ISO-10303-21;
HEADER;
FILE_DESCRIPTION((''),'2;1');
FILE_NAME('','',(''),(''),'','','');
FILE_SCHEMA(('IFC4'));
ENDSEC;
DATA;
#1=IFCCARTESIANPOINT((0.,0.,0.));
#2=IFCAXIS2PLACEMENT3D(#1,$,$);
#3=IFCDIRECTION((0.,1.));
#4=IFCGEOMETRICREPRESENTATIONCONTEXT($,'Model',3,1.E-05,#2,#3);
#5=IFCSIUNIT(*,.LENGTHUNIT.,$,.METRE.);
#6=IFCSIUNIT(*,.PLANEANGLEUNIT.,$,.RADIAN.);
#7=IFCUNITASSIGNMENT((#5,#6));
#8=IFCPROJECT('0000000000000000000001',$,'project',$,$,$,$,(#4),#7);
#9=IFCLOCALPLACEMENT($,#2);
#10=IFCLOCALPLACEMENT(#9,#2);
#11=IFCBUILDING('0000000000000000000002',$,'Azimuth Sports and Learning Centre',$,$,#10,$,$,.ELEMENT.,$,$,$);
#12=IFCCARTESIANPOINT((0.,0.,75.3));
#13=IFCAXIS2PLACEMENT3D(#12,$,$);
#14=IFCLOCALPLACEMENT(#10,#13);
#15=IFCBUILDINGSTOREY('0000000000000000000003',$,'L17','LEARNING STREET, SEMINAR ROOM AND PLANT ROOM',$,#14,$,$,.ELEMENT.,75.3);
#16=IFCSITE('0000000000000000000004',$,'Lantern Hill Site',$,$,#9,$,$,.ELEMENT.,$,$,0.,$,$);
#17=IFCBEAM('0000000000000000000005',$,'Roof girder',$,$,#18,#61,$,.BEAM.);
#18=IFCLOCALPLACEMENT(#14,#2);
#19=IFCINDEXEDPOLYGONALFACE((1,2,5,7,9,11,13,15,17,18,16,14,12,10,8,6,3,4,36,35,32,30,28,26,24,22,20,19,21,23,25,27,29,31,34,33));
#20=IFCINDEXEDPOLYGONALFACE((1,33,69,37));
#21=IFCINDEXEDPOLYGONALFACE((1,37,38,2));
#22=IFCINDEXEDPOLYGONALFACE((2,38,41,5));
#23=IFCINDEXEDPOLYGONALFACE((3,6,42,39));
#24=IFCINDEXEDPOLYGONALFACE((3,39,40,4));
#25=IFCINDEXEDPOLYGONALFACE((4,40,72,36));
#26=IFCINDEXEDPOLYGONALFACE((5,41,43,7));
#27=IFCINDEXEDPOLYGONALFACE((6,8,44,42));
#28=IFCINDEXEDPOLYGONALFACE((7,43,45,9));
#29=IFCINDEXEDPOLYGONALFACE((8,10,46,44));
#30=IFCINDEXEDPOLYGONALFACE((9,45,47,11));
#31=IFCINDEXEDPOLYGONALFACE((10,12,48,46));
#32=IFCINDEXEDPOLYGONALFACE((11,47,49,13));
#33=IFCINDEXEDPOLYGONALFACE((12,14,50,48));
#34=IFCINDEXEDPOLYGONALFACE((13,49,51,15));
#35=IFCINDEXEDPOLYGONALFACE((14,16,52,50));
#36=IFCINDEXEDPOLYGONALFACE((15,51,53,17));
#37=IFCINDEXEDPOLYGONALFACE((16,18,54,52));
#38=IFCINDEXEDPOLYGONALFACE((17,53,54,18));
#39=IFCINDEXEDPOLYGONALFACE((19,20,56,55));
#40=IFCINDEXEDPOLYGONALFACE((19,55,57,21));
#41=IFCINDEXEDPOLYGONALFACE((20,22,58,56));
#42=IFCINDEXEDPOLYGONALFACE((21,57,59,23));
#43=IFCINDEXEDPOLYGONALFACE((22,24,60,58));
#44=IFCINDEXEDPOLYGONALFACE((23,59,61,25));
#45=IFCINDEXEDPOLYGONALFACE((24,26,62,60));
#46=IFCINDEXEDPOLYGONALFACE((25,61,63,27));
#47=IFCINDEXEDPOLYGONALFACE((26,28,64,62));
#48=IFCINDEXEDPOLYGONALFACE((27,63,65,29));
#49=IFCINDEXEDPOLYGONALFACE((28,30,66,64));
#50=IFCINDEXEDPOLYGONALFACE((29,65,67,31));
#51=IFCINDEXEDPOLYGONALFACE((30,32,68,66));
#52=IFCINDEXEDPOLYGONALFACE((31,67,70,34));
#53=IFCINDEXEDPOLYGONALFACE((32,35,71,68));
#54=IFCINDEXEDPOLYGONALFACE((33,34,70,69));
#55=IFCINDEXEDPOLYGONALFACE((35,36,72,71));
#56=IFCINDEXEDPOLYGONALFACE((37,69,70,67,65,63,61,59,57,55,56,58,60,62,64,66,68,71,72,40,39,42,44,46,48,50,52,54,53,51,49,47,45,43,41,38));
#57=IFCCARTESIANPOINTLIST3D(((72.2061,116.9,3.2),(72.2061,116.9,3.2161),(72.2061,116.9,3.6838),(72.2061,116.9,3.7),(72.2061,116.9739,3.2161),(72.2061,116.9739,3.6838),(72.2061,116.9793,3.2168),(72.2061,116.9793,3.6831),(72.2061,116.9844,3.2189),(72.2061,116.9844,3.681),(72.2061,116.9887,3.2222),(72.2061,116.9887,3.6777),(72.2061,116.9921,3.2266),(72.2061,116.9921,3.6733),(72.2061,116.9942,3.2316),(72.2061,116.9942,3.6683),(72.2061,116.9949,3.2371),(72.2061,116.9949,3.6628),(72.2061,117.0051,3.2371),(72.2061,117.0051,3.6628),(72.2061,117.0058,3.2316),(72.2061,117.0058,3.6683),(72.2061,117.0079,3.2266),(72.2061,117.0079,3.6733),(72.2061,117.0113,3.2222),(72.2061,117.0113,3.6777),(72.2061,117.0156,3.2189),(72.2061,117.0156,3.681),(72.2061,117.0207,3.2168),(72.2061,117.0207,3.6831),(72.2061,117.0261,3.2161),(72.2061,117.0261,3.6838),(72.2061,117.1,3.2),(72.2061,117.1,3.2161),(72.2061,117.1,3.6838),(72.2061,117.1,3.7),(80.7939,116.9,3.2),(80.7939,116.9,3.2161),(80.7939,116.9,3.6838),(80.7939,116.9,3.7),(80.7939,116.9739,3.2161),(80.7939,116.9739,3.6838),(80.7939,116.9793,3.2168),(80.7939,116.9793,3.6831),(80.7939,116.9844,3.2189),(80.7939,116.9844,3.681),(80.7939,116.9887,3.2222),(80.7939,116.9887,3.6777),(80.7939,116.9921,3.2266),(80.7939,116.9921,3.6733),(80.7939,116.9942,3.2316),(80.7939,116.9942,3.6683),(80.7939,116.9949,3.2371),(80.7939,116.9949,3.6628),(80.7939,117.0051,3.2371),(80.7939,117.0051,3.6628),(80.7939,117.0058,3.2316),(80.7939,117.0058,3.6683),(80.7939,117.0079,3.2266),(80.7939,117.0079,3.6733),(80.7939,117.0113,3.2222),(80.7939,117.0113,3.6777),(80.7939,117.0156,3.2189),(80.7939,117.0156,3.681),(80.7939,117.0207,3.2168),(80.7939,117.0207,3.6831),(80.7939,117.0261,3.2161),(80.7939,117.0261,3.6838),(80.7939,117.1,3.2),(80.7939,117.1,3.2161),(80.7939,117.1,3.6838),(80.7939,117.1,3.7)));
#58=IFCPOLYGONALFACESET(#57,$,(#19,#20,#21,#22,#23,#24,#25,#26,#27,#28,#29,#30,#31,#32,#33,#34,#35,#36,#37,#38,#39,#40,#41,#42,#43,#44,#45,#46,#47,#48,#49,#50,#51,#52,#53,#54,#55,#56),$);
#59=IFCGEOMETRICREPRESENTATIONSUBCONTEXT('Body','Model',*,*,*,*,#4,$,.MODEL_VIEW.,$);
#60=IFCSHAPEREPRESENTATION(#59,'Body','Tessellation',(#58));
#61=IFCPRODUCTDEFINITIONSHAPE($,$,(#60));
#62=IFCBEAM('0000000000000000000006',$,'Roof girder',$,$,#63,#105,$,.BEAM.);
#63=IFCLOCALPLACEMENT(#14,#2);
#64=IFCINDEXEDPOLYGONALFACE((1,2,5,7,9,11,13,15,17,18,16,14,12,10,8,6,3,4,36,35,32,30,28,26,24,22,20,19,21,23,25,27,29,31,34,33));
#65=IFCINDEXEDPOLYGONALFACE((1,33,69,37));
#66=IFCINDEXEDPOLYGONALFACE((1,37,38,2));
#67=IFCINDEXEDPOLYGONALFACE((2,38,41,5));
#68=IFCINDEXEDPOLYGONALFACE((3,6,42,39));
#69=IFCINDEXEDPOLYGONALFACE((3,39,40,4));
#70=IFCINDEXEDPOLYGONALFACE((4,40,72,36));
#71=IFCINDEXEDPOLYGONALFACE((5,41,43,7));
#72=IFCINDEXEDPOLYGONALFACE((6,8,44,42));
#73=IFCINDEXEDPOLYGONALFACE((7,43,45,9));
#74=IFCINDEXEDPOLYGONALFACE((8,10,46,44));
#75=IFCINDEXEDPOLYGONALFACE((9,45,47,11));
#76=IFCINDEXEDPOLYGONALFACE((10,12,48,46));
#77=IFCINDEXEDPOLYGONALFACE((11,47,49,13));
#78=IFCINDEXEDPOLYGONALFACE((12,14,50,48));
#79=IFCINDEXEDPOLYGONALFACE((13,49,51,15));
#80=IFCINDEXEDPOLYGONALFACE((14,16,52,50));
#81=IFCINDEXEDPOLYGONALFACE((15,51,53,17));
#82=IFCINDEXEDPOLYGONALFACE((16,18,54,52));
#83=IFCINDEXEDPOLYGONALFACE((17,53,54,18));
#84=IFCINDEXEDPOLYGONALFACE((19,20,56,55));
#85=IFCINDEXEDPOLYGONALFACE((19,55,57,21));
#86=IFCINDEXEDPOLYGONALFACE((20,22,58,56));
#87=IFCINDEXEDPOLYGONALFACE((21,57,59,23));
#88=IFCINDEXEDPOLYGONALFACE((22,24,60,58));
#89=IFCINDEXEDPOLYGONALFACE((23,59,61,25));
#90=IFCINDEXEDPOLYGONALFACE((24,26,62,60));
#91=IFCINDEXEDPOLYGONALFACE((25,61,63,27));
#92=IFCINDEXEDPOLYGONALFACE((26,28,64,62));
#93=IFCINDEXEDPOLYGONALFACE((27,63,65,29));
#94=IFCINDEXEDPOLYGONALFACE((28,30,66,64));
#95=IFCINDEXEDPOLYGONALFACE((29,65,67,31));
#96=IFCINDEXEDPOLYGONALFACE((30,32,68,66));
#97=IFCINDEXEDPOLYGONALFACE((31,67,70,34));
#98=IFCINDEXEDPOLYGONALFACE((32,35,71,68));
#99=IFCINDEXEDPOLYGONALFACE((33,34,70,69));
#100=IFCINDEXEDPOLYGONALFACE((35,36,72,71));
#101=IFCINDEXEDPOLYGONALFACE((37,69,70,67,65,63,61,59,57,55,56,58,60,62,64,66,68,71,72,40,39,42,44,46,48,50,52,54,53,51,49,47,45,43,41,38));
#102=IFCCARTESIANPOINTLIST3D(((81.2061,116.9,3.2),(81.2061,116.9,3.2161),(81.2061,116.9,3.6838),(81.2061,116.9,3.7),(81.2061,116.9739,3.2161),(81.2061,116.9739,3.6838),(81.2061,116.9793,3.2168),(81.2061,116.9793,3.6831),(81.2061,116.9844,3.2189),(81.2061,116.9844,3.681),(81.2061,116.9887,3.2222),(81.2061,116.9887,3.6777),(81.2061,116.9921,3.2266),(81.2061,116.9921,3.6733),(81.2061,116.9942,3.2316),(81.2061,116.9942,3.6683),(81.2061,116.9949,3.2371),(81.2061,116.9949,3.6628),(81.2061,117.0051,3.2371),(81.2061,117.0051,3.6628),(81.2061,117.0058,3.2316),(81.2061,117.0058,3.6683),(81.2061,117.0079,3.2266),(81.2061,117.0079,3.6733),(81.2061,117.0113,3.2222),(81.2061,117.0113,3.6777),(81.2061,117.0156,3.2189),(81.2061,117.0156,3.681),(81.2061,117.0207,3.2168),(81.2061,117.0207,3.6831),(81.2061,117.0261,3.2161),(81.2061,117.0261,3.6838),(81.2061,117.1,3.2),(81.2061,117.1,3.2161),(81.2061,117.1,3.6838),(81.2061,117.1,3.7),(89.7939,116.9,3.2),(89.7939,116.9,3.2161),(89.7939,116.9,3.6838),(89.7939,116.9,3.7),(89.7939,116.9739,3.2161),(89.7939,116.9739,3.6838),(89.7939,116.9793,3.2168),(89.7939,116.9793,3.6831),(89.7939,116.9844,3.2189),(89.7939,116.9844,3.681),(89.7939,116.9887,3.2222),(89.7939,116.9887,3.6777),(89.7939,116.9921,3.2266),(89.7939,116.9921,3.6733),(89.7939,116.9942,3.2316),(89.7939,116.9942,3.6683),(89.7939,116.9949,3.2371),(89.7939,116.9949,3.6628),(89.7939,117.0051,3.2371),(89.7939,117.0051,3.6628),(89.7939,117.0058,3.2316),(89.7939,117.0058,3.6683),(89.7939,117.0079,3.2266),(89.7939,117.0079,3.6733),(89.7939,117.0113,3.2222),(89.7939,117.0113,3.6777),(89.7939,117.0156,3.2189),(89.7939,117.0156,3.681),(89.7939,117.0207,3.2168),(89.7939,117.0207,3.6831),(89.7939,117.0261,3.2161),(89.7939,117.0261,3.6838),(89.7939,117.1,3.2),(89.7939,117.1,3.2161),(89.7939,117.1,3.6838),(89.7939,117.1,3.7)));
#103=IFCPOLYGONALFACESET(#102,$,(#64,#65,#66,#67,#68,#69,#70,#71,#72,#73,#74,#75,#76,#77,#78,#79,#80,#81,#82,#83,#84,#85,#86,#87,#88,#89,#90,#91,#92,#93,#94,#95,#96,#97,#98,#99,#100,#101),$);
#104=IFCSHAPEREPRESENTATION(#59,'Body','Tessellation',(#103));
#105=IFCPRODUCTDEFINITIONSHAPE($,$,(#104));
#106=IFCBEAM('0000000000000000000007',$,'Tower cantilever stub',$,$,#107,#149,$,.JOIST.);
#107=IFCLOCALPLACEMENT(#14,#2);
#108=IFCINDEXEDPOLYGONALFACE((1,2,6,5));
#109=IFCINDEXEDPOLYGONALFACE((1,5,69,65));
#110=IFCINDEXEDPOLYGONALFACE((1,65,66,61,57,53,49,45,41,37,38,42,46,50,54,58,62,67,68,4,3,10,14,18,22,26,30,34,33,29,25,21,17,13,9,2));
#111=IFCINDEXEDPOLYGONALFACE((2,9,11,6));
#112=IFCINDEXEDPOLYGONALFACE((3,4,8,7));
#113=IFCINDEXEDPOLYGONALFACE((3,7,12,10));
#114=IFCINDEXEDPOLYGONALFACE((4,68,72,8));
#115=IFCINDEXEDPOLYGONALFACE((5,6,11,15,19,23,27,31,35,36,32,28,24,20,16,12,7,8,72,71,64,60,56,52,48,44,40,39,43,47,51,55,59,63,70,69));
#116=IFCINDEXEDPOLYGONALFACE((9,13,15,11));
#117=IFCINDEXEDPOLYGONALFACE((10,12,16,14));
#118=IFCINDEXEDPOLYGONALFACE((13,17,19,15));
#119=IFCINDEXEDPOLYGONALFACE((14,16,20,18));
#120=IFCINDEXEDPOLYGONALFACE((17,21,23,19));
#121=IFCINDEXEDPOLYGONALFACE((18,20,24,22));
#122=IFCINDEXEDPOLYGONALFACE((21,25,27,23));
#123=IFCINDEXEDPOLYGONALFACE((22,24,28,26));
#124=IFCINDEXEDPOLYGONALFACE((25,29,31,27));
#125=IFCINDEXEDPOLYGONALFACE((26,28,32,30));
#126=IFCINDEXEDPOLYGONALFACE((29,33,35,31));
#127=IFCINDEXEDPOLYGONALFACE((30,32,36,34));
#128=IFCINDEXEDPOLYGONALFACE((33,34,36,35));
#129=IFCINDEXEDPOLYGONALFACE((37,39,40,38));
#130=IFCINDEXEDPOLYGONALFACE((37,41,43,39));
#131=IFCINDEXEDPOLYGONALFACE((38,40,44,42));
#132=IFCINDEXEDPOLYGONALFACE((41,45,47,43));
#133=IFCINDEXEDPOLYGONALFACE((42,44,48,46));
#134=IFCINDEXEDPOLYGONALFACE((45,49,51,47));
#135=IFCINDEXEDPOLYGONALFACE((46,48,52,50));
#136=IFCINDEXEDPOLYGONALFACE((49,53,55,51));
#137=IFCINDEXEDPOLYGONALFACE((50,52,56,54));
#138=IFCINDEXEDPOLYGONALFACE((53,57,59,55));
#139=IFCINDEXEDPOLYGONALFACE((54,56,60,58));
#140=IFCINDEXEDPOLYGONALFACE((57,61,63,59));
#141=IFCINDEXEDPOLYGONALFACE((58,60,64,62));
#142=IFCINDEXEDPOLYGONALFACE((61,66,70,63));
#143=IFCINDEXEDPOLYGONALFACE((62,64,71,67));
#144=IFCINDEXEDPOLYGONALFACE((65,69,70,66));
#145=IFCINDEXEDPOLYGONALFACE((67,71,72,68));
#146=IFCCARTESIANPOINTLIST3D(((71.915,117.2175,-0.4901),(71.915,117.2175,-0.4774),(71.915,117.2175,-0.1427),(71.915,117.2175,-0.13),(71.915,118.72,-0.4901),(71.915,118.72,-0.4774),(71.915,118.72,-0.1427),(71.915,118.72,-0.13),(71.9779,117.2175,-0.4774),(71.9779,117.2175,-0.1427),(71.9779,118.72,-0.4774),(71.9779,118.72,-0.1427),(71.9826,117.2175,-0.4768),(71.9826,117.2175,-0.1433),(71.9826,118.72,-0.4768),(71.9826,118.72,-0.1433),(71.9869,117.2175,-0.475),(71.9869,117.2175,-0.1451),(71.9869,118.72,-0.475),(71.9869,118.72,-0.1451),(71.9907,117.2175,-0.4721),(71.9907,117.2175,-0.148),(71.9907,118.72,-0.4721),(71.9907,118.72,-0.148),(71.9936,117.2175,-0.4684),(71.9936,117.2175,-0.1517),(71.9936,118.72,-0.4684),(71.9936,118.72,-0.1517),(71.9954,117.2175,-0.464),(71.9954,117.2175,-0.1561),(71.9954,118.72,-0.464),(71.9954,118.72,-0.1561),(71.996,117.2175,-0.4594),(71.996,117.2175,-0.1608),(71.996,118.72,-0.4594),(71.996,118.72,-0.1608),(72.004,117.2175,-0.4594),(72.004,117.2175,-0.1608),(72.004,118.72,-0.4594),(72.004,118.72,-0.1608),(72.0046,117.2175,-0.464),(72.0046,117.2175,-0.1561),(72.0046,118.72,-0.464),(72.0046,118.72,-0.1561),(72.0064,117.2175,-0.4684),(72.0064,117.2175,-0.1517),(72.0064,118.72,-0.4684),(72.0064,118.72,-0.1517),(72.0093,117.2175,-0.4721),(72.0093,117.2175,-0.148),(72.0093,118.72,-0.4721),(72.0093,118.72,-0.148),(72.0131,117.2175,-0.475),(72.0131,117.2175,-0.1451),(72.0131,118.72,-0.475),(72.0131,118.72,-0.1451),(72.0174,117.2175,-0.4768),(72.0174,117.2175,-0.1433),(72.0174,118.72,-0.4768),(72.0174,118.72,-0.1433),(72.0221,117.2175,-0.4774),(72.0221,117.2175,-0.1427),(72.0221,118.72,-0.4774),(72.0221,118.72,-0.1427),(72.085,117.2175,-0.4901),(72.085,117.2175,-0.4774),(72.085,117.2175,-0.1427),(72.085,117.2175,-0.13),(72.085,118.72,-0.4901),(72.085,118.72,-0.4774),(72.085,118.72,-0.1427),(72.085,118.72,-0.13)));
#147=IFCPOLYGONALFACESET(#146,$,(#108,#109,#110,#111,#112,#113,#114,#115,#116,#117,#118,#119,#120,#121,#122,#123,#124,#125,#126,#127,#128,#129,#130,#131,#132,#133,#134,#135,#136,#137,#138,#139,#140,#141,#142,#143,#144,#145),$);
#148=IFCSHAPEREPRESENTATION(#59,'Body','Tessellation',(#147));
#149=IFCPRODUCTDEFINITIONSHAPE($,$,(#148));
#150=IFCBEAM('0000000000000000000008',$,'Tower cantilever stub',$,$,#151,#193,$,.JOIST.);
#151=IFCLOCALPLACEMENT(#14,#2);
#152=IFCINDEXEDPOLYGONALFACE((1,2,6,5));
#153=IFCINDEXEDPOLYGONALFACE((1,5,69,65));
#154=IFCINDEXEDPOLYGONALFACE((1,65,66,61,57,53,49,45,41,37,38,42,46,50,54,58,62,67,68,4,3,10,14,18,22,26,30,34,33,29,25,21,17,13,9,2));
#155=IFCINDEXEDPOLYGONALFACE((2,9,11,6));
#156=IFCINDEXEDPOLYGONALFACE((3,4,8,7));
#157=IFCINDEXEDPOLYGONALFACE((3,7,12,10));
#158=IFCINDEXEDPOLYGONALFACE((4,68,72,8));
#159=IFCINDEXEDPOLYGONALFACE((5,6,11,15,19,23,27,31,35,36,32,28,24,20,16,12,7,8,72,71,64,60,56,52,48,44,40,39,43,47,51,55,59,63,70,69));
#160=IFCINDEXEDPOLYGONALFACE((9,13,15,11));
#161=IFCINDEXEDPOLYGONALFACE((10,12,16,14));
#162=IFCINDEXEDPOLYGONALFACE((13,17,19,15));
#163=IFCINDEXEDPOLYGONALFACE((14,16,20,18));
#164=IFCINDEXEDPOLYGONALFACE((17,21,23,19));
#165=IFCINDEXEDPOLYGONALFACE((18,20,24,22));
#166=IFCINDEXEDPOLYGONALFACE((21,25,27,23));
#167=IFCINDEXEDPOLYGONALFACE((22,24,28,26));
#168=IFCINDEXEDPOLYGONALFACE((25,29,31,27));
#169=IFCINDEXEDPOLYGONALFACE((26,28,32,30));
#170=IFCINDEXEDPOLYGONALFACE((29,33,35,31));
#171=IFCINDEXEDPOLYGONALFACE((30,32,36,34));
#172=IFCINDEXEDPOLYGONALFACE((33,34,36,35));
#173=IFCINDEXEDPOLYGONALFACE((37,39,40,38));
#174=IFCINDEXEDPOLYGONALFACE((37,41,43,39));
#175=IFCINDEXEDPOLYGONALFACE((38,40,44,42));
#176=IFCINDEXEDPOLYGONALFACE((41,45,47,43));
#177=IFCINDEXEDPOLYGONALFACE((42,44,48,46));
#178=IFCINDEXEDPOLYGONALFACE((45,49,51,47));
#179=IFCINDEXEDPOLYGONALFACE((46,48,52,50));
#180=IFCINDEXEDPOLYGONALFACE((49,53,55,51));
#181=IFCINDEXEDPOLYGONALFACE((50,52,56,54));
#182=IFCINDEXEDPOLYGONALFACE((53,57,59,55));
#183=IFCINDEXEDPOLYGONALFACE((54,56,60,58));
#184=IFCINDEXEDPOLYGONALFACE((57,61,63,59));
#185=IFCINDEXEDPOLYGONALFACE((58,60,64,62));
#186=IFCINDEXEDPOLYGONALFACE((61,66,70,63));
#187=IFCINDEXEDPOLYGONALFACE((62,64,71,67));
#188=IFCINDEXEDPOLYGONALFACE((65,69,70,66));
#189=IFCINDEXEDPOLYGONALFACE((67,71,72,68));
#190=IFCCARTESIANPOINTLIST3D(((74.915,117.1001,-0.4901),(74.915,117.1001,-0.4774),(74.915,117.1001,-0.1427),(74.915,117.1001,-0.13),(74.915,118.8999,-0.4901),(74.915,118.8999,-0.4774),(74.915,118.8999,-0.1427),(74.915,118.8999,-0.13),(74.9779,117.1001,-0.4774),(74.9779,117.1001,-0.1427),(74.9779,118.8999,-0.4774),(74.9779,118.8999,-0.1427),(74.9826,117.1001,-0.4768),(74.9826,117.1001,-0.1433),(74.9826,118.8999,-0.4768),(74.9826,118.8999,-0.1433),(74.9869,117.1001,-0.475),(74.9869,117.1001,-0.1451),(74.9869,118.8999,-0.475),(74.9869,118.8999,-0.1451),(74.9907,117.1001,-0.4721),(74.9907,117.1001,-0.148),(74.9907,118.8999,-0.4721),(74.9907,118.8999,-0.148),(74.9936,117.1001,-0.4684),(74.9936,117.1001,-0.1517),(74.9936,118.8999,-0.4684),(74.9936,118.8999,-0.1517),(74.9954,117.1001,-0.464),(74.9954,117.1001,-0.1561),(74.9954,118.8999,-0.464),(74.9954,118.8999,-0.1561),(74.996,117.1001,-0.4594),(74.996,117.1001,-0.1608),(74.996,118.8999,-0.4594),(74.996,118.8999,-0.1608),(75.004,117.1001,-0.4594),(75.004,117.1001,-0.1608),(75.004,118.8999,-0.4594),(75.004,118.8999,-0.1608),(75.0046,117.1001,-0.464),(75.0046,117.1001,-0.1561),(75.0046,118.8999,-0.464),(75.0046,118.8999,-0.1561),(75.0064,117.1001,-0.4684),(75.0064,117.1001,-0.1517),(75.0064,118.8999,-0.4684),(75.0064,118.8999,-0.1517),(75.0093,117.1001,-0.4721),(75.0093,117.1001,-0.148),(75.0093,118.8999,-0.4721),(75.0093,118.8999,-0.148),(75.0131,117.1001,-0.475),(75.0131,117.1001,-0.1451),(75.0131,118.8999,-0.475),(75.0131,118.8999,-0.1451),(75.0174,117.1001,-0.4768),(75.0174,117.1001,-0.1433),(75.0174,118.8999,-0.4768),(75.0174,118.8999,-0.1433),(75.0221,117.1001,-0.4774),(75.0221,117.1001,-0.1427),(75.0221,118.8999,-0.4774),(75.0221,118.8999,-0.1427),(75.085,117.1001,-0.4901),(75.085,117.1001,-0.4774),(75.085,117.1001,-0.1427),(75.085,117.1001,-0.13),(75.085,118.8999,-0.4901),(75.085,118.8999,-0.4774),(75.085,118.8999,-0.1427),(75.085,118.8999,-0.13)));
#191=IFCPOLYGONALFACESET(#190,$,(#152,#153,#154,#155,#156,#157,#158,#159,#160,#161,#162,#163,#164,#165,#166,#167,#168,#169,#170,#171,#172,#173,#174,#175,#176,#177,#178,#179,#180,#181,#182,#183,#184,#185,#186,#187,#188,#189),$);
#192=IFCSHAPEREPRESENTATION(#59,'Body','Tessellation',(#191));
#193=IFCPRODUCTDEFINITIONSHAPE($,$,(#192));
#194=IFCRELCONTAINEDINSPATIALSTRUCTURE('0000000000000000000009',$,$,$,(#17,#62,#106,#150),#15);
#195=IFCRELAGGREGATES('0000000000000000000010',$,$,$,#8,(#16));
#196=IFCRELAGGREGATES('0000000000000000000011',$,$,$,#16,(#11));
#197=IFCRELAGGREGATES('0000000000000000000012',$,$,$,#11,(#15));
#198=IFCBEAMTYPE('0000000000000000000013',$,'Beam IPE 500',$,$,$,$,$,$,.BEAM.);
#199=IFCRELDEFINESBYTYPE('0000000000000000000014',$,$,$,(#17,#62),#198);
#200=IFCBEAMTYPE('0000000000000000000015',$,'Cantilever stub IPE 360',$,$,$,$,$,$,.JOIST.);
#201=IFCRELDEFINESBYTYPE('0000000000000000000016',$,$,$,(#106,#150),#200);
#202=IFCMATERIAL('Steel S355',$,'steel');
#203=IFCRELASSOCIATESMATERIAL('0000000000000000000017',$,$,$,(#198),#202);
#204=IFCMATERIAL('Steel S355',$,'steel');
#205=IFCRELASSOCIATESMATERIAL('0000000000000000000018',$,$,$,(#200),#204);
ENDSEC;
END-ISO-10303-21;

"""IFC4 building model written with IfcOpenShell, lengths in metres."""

from ifc_helpers import new_model, si_unit, direction, frame, origin, origin_2d, place, context, subcontext, project, spatial, i_section, extrude, material, material_profile, profile_set, type_object, element, save


model = new_model("IFC4")

# Units and contexts
model_context = context("Model", 3, precision=1e-05, world=origin(), true_north=direction((0.0, 1.0)))
body_context = subcontext(model_context, "Body", "Model", "MODEL_VIEW")
ifc_project = project(units=[si_unit("LENGTHUNIT", "METRE"), si_unit("PLANEANGLEUNIT", "RADIAN")], contexts=[model_context])

# Site, building, storey
site_placement = place(None, origin())
site = spatial("IfcSite", under=ifc_project, at=site_placement, Name="Lantern Hill Site", CompositionType="ELEMENT", RefElevation=0.0)
building_placement = place(site_placement, origin())
building = spatial("IfcBuilding", under=site, at=building_placement, Name="Azimuth Sports and Learning Centre", CompositionType="ELEMENT")
storey_placement = place(building_placement, frame((0.0, 0.0, 75.3)))
storey = spatial("IfcBuildingStorey", under=building, at=storey_placement, Name="L17", Description="LEARNING STREET, SEMINAR ROOM AND PLANT ROOM", CompositionType="ELEMENT", Elevation=75.3)

# Beams
ifc_material_1 = material(Name="Steel S355", Category="steel")
ifc_material_profile_1 = material_profile(ifc_material_1, i_section(OverallWidth=0.2, OverallDepth=0.5, WebThickness=0.0103, FlangeThickness=0.0161, FilletRadius=0.021, at=origin_2d()), Name="IPE 500")
ifc_profile_set_1 = profile_set([ifc_material_profile_1], Name="Steel S355")
beam_type_1 = type_object("IfcBeamType", Name="Beam IPE 500", PredefinedType="BEAM", material=ifc_profile_set_1)
for number, where, z_axis, x_axis, name in (
    (1, (72.2061, 117.0, 3.45), (1.0, 0.0, 0.0), (0.0, 1.0, 0.0), "Roof girder"),
    (2, (81.2061, 117.0, 3.45), (1.0, 0.0, 0.0), (0.0, 1.0, 0.0), "Roof girder"),
):
    element("IfcBeam", number, at=place(storey_placement, frame(where, z_axis=z_axis, x_axis=x_axis)), inside=storey, type_object=beam_type_1, Name=name, PredefinedType="BEAM", context=body_context, shape_type="SweptSolid", body=[
        extrude(i_section(OverallWidth=0.2, OverallDepth=0.5, WebThickness=0.0103, FlangeThickness=0.0161, FilletRadius=0.021, at=origin_2d()), origin(), (0.0, 0.0, 1.0), 8.5879),
    ])
ifc_material_2 = material(Name="Steel S355", Category="steel")
ifc_material_profile_2 = material_profile(ifc_material_2, i_section(OverallWidth=0.1699, OverallDepth=0.3601, WebThickness=0.0081, FlangeThickness=0.0127, FilletRadius=0.0181, at=origin_2d()), Name="IPE 360")
ifc_profile_set_2 = profile_set([ifc_material_profile_2], Name="Steel S355")
beam_type_2 = type_object("IfcBeamType", Name="Cantilever stub IPE 360", PredefinedType="JOIST", material=ifc_profile_set_2)
beam_1_placement = place(storey_placement, frame((72.0, 117.2175, -0.3101), z_axis=(0.0, 1.0, 0.0), x_axis=(-1.0, 0.0, 0.0)))
element("IfcBeam", 3, at=beam_1_placement, inside=storey, type_object=beam_type_2, Name="Tower cantilever stub", PredefinedType="JOIST", context=body_context, shape_type="SweptSolid", body=[
    extrude(i_section(OverallWidth=0.1699, OverallDepth=0.3601, WebThickness=0.0081, FlangeThickness=0.0127, FilletRadius=0.0181, at=origin_2d()), origin(), (0.0, 0.0, 1.0), 1.5024),
])
beam_2_placement = place(storey_placement, frame((75.0, 117.1001, -0.3101), z_axis=(0.0, 1.0, 0.0), x_axis=(-1.0, 0.0, 0.0)))
element("IfcBeam", 4, at=beam_2_placement, inside=storey, type_object=beam_type_2, Name="Tower cantilever stub", PredefinedType="JOIST", context=body_context, shape_type="SweptSolid", body=[
    extrude(i_section(OverallWidth=0.1699, OverallDepth=0.3601, WebThickness=0.0081, FlangeThickness=0.0127, FilletRadius=0.0181, at=origin_2d()), origin(), (0.0, 0.0, 1.0), 1.7998),
])

save(model, "model.ifc")
